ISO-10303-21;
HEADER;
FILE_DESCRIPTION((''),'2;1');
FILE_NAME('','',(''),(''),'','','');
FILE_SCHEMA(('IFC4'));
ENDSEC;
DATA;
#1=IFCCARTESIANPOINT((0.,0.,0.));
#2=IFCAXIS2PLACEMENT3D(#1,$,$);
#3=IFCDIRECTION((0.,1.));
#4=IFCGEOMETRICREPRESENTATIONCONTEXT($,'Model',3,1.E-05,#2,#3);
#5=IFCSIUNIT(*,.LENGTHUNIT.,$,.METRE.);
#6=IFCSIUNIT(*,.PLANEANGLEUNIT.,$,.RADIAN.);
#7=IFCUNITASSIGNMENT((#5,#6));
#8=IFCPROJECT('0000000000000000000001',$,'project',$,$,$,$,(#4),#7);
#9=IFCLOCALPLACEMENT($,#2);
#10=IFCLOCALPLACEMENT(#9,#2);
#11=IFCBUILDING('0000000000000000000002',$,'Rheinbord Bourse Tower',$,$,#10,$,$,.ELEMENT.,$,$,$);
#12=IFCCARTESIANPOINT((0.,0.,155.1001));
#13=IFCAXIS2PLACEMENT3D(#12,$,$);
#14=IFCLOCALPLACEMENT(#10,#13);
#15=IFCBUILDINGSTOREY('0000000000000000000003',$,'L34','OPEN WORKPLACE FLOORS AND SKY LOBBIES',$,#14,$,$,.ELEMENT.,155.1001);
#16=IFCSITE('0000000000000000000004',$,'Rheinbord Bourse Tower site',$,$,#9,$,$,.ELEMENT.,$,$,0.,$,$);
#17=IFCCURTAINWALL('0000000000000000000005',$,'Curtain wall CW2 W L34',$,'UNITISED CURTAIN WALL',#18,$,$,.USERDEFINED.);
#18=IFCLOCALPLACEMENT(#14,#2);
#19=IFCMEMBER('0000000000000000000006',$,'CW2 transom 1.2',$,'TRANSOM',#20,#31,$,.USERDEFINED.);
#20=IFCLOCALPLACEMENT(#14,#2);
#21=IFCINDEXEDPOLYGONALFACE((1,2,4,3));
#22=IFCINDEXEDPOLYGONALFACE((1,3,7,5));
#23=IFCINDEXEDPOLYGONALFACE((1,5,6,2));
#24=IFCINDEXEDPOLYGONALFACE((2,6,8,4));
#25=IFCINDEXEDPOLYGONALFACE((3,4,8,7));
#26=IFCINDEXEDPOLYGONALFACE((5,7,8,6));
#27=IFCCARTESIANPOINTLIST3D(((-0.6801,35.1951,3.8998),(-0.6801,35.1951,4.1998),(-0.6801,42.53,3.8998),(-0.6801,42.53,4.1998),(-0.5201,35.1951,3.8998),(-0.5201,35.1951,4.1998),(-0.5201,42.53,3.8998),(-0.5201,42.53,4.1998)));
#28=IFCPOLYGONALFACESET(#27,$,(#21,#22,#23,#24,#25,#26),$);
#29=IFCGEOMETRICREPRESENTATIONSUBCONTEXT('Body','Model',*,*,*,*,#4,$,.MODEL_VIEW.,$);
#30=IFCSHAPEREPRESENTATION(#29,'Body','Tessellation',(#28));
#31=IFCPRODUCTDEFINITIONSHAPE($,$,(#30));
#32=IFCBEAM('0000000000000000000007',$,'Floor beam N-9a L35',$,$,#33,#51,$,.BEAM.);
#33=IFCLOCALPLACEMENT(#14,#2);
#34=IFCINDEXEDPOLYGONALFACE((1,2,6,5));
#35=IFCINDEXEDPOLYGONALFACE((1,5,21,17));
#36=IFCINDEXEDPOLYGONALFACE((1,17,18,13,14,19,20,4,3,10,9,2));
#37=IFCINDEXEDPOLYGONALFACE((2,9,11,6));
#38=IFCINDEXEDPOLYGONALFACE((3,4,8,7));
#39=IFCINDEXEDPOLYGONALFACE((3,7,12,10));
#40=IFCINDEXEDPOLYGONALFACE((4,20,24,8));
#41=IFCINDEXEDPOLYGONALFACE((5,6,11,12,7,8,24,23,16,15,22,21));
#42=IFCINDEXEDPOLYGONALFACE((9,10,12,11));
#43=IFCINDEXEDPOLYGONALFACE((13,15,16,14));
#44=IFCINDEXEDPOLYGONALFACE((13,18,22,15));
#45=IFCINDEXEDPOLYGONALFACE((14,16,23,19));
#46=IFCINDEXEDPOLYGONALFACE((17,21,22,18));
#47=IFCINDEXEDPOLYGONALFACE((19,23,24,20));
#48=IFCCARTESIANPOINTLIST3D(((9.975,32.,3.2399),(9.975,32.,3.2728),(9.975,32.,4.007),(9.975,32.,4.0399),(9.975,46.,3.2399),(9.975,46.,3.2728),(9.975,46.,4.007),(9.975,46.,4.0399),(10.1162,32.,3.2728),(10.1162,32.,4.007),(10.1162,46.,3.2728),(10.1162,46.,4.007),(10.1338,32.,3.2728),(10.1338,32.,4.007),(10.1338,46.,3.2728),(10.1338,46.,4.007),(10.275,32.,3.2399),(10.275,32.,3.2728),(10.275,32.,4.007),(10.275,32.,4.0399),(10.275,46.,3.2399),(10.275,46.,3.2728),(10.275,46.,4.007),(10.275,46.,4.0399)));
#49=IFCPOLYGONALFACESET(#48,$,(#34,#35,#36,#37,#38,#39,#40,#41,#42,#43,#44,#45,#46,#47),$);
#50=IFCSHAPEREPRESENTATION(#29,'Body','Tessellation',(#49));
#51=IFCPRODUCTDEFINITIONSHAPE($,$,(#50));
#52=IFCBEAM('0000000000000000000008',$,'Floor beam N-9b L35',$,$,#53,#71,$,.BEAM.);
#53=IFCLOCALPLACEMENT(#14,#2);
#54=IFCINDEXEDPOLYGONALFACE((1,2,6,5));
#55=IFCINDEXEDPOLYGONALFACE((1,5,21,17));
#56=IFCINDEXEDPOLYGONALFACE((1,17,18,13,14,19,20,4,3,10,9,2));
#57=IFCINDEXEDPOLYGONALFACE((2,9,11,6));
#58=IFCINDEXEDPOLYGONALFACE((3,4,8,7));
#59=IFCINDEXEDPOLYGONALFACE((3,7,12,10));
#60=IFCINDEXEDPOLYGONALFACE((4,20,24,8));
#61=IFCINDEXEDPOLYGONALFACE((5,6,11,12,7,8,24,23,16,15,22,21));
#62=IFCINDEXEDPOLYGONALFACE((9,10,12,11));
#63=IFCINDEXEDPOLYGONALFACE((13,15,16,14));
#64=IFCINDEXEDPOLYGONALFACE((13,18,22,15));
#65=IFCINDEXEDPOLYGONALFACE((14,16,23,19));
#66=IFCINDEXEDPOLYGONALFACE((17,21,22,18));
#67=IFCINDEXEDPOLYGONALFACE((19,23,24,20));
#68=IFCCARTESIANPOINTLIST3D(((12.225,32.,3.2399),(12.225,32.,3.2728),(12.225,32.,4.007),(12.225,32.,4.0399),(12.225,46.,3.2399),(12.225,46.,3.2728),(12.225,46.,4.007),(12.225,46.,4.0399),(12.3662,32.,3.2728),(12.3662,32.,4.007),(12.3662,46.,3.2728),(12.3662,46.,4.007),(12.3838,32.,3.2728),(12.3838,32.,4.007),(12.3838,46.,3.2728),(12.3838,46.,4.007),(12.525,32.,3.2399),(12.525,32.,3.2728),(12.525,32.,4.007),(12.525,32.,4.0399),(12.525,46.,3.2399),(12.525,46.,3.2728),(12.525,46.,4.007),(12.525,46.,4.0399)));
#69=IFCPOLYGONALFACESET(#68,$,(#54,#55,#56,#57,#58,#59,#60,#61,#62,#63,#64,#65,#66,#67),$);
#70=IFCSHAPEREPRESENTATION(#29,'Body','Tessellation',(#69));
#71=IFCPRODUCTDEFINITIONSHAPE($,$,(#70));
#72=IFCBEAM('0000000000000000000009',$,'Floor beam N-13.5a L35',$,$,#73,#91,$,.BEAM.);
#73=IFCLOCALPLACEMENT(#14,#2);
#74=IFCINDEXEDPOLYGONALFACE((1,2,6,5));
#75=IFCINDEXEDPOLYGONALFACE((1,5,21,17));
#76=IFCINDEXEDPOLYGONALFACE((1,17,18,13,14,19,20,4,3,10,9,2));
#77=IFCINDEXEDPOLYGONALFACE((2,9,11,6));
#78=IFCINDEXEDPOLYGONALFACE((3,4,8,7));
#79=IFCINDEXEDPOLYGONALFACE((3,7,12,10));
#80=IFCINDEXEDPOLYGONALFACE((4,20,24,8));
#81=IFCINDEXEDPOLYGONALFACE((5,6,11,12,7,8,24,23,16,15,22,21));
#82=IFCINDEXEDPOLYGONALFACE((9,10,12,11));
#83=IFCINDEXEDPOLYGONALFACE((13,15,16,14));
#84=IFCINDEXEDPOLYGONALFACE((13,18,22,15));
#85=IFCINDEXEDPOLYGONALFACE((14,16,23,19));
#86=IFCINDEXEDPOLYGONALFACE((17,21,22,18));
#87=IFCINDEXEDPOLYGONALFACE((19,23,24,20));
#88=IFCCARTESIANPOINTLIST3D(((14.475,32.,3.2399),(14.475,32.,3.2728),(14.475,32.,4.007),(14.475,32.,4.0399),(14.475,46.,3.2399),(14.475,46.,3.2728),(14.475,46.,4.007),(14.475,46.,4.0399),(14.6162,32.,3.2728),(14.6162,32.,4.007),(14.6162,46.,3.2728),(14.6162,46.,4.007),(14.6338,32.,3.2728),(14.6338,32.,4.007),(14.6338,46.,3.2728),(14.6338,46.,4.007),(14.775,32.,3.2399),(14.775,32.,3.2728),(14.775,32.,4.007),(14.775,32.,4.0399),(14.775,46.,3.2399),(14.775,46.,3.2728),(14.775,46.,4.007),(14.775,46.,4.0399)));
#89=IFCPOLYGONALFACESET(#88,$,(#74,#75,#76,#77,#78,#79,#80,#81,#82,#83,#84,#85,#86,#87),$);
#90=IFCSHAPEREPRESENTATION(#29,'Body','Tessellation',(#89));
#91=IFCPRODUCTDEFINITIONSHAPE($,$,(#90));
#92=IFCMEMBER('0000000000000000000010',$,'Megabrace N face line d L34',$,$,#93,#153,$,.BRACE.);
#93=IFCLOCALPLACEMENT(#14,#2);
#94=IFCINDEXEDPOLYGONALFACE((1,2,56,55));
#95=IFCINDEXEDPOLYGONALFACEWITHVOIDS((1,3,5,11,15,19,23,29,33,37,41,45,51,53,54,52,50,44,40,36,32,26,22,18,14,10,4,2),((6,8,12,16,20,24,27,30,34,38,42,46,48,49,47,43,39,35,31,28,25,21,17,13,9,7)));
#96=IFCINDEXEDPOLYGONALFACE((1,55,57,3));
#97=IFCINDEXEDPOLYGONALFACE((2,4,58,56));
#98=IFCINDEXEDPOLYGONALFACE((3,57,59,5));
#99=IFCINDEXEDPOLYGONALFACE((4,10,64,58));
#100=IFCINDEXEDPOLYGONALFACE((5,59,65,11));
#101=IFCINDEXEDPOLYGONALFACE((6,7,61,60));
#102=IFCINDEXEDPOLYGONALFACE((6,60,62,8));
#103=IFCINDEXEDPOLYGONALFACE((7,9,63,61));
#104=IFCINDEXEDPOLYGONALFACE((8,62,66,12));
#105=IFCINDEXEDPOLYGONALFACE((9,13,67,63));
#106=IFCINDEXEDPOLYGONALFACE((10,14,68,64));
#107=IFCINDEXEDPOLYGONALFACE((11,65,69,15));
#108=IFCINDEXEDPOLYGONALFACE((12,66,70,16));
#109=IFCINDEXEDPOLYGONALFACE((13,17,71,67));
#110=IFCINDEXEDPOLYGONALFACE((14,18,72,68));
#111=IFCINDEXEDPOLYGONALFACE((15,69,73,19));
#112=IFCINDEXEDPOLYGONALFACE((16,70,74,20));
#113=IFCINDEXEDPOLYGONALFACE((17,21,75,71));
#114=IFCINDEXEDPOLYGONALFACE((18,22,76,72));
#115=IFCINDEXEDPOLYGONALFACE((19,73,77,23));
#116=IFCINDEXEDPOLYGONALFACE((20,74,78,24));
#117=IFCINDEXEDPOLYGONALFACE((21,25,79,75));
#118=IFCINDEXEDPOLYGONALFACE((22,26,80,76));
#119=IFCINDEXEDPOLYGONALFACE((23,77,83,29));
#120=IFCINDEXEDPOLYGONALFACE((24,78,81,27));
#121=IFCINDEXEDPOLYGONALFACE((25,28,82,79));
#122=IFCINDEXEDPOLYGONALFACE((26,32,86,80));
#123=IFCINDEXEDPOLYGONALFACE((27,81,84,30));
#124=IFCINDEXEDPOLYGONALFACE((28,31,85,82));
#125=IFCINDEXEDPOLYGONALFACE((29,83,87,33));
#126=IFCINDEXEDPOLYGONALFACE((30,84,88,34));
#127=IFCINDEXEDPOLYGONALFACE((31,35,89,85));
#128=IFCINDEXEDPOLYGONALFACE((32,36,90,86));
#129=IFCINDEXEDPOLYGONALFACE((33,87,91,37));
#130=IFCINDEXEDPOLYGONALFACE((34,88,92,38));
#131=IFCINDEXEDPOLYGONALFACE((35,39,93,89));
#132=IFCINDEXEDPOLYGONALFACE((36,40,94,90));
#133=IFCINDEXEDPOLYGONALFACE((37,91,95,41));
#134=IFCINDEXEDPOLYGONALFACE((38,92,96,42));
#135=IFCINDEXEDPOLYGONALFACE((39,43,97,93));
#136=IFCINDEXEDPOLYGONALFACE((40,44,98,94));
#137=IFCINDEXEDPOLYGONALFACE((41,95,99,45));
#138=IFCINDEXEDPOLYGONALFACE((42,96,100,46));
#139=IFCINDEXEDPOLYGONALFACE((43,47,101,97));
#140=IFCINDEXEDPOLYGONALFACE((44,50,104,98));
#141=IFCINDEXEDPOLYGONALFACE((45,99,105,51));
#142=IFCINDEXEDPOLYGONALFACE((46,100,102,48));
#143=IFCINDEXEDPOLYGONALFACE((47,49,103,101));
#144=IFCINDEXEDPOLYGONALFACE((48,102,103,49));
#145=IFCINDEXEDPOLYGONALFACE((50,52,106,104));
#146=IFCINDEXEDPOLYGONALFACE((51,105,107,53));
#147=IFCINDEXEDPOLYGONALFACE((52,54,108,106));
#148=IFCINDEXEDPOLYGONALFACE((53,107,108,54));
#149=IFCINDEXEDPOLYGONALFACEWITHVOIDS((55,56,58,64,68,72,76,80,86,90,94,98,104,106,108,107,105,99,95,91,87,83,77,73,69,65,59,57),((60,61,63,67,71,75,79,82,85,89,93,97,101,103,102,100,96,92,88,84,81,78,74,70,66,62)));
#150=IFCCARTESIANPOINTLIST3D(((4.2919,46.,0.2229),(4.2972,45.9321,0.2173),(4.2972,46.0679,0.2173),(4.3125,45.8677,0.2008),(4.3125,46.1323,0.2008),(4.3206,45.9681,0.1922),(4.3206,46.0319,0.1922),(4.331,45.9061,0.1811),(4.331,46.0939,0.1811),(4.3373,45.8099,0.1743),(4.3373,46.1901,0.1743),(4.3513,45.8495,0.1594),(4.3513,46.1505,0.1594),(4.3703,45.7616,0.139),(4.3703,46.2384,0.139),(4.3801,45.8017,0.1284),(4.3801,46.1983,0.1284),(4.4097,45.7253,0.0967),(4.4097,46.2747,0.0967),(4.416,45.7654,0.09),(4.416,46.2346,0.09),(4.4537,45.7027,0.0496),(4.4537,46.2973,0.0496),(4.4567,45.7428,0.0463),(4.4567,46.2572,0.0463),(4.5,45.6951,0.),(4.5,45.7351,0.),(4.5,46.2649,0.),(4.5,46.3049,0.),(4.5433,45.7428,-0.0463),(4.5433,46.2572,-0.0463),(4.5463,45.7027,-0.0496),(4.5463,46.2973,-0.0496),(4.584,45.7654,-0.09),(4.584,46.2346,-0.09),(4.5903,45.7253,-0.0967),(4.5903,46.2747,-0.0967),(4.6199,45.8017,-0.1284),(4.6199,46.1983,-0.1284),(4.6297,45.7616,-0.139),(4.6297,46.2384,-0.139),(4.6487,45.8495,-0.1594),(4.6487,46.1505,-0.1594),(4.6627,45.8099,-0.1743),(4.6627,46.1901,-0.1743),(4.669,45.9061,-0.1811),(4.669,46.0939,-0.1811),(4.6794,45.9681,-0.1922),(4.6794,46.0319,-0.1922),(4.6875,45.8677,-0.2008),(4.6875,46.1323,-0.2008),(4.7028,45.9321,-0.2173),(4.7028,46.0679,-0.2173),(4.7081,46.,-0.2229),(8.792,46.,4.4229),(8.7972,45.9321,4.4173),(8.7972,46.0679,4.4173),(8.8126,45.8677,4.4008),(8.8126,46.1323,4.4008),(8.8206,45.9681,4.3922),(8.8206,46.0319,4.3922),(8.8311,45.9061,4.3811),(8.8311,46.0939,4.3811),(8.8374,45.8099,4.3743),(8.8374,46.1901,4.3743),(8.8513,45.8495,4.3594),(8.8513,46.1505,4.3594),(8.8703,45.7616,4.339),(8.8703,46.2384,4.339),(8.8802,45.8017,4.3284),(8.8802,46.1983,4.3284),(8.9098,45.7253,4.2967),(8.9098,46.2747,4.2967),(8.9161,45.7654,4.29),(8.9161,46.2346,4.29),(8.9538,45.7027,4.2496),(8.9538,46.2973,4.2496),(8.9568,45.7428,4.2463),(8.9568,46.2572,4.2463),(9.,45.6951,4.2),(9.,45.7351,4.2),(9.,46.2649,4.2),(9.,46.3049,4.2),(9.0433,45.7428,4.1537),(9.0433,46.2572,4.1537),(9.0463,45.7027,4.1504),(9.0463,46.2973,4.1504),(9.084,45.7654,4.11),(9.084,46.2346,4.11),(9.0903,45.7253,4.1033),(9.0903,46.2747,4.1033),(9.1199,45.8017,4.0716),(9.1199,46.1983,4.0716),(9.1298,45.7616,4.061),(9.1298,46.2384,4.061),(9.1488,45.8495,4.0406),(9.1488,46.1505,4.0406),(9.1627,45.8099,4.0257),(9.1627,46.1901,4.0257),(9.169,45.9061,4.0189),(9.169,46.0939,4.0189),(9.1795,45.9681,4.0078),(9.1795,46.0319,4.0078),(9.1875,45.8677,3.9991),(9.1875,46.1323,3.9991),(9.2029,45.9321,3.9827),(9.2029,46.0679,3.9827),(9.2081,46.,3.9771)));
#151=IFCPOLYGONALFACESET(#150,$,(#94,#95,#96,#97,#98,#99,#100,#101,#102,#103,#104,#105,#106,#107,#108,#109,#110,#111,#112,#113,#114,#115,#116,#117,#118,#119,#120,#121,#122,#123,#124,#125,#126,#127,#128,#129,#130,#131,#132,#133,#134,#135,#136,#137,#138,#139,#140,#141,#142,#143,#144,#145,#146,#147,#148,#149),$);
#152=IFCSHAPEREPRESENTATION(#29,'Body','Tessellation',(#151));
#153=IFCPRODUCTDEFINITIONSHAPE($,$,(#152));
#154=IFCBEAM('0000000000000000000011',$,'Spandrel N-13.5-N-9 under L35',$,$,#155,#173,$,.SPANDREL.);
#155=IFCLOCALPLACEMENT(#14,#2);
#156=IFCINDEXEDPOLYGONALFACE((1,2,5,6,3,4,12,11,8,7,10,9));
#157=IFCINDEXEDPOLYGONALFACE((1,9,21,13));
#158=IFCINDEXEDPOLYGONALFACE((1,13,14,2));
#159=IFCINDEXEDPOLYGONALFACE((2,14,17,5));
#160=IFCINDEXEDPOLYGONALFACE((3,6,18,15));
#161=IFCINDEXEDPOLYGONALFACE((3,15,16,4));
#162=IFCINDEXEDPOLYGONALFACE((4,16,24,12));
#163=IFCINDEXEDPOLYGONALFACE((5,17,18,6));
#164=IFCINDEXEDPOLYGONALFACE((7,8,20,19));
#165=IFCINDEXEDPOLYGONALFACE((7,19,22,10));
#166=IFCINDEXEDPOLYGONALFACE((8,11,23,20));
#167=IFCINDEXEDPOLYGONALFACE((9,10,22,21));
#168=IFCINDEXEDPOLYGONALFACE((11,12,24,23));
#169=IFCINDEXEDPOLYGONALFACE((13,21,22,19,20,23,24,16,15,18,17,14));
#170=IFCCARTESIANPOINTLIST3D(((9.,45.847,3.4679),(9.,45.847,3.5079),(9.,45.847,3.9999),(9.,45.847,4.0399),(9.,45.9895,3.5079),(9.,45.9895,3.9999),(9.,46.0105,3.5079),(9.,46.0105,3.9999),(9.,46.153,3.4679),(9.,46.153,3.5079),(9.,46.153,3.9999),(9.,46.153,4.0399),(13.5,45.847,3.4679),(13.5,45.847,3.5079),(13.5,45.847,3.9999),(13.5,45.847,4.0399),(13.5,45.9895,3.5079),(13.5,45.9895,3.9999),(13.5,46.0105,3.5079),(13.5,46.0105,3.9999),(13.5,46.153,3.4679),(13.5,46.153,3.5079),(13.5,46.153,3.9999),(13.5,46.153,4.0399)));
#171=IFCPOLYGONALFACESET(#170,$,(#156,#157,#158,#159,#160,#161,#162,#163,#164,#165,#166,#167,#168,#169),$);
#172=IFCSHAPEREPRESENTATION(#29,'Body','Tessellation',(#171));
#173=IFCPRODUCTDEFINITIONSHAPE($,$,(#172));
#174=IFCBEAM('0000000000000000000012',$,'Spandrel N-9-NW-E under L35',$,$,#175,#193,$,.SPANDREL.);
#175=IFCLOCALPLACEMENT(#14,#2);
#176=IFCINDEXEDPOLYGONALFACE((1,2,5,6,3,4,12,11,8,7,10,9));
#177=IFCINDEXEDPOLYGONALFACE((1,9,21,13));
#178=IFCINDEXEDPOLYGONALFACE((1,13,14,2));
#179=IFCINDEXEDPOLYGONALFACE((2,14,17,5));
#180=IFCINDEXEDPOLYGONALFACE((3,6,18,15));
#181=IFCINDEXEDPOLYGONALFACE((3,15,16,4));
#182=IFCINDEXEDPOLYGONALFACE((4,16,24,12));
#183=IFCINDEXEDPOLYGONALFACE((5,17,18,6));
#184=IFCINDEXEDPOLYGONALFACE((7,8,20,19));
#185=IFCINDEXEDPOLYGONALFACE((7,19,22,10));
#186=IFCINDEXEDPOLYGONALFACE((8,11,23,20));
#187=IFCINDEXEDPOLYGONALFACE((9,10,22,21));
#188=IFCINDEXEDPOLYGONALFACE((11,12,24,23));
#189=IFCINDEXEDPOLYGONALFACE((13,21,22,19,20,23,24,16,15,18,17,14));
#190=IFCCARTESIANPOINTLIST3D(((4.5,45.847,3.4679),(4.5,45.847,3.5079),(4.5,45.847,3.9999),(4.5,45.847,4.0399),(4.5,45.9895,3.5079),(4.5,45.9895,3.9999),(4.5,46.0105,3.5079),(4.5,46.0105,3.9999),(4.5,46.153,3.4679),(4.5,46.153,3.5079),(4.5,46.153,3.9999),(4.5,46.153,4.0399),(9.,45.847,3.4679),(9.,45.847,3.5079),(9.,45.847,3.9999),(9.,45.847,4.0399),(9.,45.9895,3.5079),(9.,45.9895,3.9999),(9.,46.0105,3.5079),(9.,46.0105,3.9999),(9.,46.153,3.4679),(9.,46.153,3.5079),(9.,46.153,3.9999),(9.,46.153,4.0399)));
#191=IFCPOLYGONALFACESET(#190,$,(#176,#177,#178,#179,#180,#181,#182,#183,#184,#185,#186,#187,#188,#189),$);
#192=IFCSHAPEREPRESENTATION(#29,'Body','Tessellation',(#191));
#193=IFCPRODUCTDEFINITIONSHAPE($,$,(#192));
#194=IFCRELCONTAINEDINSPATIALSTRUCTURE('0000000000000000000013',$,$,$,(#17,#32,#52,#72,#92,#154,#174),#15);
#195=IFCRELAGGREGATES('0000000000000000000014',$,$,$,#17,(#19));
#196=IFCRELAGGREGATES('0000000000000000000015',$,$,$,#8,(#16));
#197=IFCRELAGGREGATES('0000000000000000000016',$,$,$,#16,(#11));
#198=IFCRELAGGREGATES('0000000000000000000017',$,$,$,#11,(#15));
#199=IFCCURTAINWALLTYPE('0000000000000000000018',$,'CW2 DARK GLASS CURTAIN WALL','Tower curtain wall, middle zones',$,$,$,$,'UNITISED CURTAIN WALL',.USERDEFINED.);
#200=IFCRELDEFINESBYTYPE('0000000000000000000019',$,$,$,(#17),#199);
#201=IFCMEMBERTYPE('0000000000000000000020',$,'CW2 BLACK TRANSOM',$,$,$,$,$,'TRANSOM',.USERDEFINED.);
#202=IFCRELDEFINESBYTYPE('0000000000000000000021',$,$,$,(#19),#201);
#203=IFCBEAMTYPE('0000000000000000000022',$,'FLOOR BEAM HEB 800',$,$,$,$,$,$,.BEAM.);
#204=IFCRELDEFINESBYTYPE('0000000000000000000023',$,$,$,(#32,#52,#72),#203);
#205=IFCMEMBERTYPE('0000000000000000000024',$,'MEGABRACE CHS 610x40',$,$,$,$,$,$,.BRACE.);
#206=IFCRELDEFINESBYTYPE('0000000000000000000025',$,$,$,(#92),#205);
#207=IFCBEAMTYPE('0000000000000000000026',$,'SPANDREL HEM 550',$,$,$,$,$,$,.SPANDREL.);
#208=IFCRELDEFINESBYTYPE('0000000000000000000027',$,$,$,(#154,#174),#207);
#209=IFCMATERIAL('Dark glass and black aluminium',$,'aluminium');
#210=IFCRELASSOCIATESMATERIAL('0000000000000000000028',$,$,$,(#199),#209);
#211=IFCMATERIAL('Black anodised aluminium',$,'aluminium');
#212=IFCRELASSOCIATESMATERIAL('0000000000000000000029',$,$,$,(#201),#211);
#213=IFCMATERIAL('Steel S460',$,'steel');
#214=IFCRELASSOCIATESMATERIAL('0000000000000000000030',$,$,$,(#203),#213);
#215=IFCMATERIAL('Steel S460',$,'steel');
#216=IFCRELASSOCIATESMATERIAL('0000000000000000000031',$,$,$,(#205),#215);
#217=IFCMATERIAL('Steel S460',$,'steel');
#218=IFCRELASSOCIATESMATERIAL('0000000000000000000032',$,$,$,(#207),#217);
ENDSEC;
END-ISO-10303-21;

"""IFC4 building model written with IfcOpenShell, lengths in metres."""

from ifc_helpers import new_model, si_unit, direction, frame, origin, origin_2d, place, context, subcontext, project, spatial, rectangle, hollow_circle, i_section, extrude, material, material_profile, profile_set, type_object, element, aggregate, save


model = new_model("IFC4")

# Units and contexts
model_context = context("Model", 3, precision=1e-05, world=origin(), true_north=direction((0.0, 1.0)))
body_context = subcontext(model_context, "Body", "Model", "MODEL_VIEW")
ifc_project = project(units=[si_unit("LENGTHUNIT", "METRE"), si_unit("PLANEANGLEUNIT", "RADIAN")], contexts=[model_context])

# Site, building, storey
site_placement = place(None, origin())
site = spatial("IfcSite", under=ifc_project, at=site_placement, Name="Rheinbord Bourse Tower site", CompositionType="ELEMENT", RefElevation=0.0)
building_placement = place(site_placement, origin())
building = spatial("IfcBuilding", under=site, at=building_placement, Name="Rheinbord Bourse Tower", CompositionType="ELEMENT")
storey_placement = place(building_placement, frame((0.0, 0.0, 155.1001)))
storey = spatial("IfcBuildingStorey", under=building, at=storey_placement, Name="L34", Description="OPEN WORKPLACE FLOORS AND SKY LOBBIES", CompositionType="ELEMENT", Elevation=155.1001)

# Shared definitions
ifc_material_1 = material(Name="Dark glass and black aluminium", Category="aluminium")
curtain_wall_type = type_object("IfcCurtainWallType", Name="CW2 DARK GLASS CURTAIN WALL", Description="Tower curtain wall, middle zones", ElementType="UNITISED CURTAIN WALL", PredefinedType="USERDEFINED", material=ifc_material_1)

# Curtain wall
curtain_wall_1_placement = place(storey_placement, origin())
curtain_wall_1 = element("IfcCurtainWall", 1, at=curtain_wall_1_placement, inside=storey, type_object=curtain_wall_type, Name="Curtain wall CW2 W L34", ObjectType="UNITISED CURTAIN WALL", PredefinedType="USERDEFINED")

# Member
ifc_material_2 = material(Name="Black anodised aluminium", Category="aluminium")
ifc_material_profile_1 = material_profile(ifc_material_2, rectangle(XDim=0.1599, YDim=0.3, at=origin_2d()), Name="CW2 TRANSOM 300x160")
ifc_profile_set_1 = profile_set([ifc_material_profile_1], Name="Black anodised aluminium")
member_type_1 = type_object("IfcMemberType", Name="CW2 BLACK TRANSOM", ElementType="TRANSOM", PredefinedType="USERDEFINED", material=ifc_profile_set_1)
member_1_placement = place(storey_placement, frame((-0.6001, 42.53, 4.0498), z_axis=(0.0, -1.0, 0.0), x_axis=(1.0, 0.0, 0.0)))
member_1 = element("IfcMember", 2, at=member_1_placement, type_object=member_type_1, Name="CW2 transom 1.2", ObjectType="TRANSOM", PredefinedType="USERDEFINED", context=body_context, shape_type="SweptSolid", body=[
    extrude(rectangle(XDim=0.1599, YDim=0.3, at=origin_2d()), origin(), (0.0, 0.0, 1.0), 7.335),
])

# Beams
ifc_material_3 = material(Name="Steel S460", Category="steel")
ifc_material_profile_2 = material_profile(ifc_material_3, i_section(OverallWidth=0.3, OverallDepth=0.8, WebThickness=0.0176, FlangeThickness=0.033, at=origin_2d()), Name="HEB 800")
ifc_profile_set_2 = profile_set([ifc_material_profile_2], Name="Steel S460")
beam_type_1 = type_object("IfcBeamType", Name="FLOOR BEAM HEB 800", PredefinedType="BEAM", material=ifc_profile_set_2)
for number, where, z_axis, x_axis, name in (
    (3, (10.125, 46.0, 3.6399), (0.0, -1.0, 0.0), (1.0, 0.0, 0.0), "Floor beam N-9a L35"),
    (4, (12.375, 46.0, 3.6399), (0.0, -1.0, 0.0), (1.0, 0.0, 0.0), "Floor beam N-9b L35"),
    (5, (14.625, 46.0, 3.6399), (0.0, -1.0, 0.0), (1.0, 0.0, 0.0), "Floor beam N-13.5a L35"),
):
    element("IfcBeam", number, at=place(storey_placement, frame(where, z_axis=z_axis, x_axis=x_axis)), inside=storey, type_object=beam_type_1, Name=name, PredefinedType="BEAM", context=body_context, shape_type="SweptSolid", body=[
        extrude(i_section(OverallWidth=0.3, OverallDepth=0.8, WebThickness=0.0176, FlangeThickness=0.033, at=origin_2d()), origin(), (0.0, 0.0, 1.0), 14.0),
    ])

# Member
ifc_material_4 = material(Name="Steel S460", Category="steel")
ifc_material_profile_3 = material_profile(ifc_material_4, hollow_circle(Radius=0.3049, WallThickness=0.04, at=origin_2d()), Name="CHS 610x40")
ifc_profile_set_3 = profile_set([ifc_material_profile_3], Name="Steel S460")
member_type_2 = type_object("IfcMemberType", Name="MEGABRACE CHS 610x40", PredefinedType="BRACE", material=ifc_profile_set_3)
member_2_placement = place(storey_placement, frame((4.5, 46.0, 0.0), z_axis=(0.731059, 0.0, 0.682314), x_axis=(0.0, 1.0, 0.0)))
element("IfcMember", 6, at=member_2_placement, inside=storey, type_object=member_type_2, Name="Megabrace N face line d L34", PredefinedType="BRACE", context=body_context, shape_type="SweptSolid", body=[
    extrude(hollow_circle(Radius=0.3049, WallThickness=0.04, at=origin_2d()), origin(), (0.0, 0.0, 1.0), 6.1555),
])

# Beams
ifc_material_5 = material(Name="Steel S460", Category="steel")
ifc_material_profile_4 = material_profile(ifc_material_5, i_section(OverallWidth=0.3059, OverallDepth=0.572, WebThickness=0.021, FlangeThickness=0.04, at=origin_2d()), Name="HEM 550")
ifc_profile_set_4 = profile_set([ifc_material_profile_4], Name="Steel S460")
beam_type_2 = type_object("IfcBeamType", Name="SPANDREL HEM 550", PredefinedType="SPANDREL", material=ifc_profile_set_4)
for number, where, z_axis, x_axis, name in (
    (7, (13.5, 46.0, 3.7539), (-1.0, 0.0, 0.0), (0.0, -1.0, 0.0), "Spandrel N-13.5-N-9 under L35"),
    (8, (9.0, 46.0, 3.7539), (-1.0, 0.0, 0.0), (0.0, -1.0, 0.0), "Spandrel N-9-NW-E under L35"),
):
    element("IfcBeam", number, at=place(storey_placement, frame(where, z_axis=z_axis, x_axis=x_axis)), inside=storey, type_object=beam_type_2, Name=name, PredefinedType="SPANDREL", context=body_context, shape_type="SweptSolid", body=[
        extrude(i_section(OverallWidth=0.3059, OverallDepth=0.572, WebThickness=0.021, FlangeThickness=0.04, at=origin_2d()), origin(), (0.0, 0.0, 1.0), 4.5),
    ])

aggregate(curtain_wall_1, [member_1])

save(model, "model.ifc")
